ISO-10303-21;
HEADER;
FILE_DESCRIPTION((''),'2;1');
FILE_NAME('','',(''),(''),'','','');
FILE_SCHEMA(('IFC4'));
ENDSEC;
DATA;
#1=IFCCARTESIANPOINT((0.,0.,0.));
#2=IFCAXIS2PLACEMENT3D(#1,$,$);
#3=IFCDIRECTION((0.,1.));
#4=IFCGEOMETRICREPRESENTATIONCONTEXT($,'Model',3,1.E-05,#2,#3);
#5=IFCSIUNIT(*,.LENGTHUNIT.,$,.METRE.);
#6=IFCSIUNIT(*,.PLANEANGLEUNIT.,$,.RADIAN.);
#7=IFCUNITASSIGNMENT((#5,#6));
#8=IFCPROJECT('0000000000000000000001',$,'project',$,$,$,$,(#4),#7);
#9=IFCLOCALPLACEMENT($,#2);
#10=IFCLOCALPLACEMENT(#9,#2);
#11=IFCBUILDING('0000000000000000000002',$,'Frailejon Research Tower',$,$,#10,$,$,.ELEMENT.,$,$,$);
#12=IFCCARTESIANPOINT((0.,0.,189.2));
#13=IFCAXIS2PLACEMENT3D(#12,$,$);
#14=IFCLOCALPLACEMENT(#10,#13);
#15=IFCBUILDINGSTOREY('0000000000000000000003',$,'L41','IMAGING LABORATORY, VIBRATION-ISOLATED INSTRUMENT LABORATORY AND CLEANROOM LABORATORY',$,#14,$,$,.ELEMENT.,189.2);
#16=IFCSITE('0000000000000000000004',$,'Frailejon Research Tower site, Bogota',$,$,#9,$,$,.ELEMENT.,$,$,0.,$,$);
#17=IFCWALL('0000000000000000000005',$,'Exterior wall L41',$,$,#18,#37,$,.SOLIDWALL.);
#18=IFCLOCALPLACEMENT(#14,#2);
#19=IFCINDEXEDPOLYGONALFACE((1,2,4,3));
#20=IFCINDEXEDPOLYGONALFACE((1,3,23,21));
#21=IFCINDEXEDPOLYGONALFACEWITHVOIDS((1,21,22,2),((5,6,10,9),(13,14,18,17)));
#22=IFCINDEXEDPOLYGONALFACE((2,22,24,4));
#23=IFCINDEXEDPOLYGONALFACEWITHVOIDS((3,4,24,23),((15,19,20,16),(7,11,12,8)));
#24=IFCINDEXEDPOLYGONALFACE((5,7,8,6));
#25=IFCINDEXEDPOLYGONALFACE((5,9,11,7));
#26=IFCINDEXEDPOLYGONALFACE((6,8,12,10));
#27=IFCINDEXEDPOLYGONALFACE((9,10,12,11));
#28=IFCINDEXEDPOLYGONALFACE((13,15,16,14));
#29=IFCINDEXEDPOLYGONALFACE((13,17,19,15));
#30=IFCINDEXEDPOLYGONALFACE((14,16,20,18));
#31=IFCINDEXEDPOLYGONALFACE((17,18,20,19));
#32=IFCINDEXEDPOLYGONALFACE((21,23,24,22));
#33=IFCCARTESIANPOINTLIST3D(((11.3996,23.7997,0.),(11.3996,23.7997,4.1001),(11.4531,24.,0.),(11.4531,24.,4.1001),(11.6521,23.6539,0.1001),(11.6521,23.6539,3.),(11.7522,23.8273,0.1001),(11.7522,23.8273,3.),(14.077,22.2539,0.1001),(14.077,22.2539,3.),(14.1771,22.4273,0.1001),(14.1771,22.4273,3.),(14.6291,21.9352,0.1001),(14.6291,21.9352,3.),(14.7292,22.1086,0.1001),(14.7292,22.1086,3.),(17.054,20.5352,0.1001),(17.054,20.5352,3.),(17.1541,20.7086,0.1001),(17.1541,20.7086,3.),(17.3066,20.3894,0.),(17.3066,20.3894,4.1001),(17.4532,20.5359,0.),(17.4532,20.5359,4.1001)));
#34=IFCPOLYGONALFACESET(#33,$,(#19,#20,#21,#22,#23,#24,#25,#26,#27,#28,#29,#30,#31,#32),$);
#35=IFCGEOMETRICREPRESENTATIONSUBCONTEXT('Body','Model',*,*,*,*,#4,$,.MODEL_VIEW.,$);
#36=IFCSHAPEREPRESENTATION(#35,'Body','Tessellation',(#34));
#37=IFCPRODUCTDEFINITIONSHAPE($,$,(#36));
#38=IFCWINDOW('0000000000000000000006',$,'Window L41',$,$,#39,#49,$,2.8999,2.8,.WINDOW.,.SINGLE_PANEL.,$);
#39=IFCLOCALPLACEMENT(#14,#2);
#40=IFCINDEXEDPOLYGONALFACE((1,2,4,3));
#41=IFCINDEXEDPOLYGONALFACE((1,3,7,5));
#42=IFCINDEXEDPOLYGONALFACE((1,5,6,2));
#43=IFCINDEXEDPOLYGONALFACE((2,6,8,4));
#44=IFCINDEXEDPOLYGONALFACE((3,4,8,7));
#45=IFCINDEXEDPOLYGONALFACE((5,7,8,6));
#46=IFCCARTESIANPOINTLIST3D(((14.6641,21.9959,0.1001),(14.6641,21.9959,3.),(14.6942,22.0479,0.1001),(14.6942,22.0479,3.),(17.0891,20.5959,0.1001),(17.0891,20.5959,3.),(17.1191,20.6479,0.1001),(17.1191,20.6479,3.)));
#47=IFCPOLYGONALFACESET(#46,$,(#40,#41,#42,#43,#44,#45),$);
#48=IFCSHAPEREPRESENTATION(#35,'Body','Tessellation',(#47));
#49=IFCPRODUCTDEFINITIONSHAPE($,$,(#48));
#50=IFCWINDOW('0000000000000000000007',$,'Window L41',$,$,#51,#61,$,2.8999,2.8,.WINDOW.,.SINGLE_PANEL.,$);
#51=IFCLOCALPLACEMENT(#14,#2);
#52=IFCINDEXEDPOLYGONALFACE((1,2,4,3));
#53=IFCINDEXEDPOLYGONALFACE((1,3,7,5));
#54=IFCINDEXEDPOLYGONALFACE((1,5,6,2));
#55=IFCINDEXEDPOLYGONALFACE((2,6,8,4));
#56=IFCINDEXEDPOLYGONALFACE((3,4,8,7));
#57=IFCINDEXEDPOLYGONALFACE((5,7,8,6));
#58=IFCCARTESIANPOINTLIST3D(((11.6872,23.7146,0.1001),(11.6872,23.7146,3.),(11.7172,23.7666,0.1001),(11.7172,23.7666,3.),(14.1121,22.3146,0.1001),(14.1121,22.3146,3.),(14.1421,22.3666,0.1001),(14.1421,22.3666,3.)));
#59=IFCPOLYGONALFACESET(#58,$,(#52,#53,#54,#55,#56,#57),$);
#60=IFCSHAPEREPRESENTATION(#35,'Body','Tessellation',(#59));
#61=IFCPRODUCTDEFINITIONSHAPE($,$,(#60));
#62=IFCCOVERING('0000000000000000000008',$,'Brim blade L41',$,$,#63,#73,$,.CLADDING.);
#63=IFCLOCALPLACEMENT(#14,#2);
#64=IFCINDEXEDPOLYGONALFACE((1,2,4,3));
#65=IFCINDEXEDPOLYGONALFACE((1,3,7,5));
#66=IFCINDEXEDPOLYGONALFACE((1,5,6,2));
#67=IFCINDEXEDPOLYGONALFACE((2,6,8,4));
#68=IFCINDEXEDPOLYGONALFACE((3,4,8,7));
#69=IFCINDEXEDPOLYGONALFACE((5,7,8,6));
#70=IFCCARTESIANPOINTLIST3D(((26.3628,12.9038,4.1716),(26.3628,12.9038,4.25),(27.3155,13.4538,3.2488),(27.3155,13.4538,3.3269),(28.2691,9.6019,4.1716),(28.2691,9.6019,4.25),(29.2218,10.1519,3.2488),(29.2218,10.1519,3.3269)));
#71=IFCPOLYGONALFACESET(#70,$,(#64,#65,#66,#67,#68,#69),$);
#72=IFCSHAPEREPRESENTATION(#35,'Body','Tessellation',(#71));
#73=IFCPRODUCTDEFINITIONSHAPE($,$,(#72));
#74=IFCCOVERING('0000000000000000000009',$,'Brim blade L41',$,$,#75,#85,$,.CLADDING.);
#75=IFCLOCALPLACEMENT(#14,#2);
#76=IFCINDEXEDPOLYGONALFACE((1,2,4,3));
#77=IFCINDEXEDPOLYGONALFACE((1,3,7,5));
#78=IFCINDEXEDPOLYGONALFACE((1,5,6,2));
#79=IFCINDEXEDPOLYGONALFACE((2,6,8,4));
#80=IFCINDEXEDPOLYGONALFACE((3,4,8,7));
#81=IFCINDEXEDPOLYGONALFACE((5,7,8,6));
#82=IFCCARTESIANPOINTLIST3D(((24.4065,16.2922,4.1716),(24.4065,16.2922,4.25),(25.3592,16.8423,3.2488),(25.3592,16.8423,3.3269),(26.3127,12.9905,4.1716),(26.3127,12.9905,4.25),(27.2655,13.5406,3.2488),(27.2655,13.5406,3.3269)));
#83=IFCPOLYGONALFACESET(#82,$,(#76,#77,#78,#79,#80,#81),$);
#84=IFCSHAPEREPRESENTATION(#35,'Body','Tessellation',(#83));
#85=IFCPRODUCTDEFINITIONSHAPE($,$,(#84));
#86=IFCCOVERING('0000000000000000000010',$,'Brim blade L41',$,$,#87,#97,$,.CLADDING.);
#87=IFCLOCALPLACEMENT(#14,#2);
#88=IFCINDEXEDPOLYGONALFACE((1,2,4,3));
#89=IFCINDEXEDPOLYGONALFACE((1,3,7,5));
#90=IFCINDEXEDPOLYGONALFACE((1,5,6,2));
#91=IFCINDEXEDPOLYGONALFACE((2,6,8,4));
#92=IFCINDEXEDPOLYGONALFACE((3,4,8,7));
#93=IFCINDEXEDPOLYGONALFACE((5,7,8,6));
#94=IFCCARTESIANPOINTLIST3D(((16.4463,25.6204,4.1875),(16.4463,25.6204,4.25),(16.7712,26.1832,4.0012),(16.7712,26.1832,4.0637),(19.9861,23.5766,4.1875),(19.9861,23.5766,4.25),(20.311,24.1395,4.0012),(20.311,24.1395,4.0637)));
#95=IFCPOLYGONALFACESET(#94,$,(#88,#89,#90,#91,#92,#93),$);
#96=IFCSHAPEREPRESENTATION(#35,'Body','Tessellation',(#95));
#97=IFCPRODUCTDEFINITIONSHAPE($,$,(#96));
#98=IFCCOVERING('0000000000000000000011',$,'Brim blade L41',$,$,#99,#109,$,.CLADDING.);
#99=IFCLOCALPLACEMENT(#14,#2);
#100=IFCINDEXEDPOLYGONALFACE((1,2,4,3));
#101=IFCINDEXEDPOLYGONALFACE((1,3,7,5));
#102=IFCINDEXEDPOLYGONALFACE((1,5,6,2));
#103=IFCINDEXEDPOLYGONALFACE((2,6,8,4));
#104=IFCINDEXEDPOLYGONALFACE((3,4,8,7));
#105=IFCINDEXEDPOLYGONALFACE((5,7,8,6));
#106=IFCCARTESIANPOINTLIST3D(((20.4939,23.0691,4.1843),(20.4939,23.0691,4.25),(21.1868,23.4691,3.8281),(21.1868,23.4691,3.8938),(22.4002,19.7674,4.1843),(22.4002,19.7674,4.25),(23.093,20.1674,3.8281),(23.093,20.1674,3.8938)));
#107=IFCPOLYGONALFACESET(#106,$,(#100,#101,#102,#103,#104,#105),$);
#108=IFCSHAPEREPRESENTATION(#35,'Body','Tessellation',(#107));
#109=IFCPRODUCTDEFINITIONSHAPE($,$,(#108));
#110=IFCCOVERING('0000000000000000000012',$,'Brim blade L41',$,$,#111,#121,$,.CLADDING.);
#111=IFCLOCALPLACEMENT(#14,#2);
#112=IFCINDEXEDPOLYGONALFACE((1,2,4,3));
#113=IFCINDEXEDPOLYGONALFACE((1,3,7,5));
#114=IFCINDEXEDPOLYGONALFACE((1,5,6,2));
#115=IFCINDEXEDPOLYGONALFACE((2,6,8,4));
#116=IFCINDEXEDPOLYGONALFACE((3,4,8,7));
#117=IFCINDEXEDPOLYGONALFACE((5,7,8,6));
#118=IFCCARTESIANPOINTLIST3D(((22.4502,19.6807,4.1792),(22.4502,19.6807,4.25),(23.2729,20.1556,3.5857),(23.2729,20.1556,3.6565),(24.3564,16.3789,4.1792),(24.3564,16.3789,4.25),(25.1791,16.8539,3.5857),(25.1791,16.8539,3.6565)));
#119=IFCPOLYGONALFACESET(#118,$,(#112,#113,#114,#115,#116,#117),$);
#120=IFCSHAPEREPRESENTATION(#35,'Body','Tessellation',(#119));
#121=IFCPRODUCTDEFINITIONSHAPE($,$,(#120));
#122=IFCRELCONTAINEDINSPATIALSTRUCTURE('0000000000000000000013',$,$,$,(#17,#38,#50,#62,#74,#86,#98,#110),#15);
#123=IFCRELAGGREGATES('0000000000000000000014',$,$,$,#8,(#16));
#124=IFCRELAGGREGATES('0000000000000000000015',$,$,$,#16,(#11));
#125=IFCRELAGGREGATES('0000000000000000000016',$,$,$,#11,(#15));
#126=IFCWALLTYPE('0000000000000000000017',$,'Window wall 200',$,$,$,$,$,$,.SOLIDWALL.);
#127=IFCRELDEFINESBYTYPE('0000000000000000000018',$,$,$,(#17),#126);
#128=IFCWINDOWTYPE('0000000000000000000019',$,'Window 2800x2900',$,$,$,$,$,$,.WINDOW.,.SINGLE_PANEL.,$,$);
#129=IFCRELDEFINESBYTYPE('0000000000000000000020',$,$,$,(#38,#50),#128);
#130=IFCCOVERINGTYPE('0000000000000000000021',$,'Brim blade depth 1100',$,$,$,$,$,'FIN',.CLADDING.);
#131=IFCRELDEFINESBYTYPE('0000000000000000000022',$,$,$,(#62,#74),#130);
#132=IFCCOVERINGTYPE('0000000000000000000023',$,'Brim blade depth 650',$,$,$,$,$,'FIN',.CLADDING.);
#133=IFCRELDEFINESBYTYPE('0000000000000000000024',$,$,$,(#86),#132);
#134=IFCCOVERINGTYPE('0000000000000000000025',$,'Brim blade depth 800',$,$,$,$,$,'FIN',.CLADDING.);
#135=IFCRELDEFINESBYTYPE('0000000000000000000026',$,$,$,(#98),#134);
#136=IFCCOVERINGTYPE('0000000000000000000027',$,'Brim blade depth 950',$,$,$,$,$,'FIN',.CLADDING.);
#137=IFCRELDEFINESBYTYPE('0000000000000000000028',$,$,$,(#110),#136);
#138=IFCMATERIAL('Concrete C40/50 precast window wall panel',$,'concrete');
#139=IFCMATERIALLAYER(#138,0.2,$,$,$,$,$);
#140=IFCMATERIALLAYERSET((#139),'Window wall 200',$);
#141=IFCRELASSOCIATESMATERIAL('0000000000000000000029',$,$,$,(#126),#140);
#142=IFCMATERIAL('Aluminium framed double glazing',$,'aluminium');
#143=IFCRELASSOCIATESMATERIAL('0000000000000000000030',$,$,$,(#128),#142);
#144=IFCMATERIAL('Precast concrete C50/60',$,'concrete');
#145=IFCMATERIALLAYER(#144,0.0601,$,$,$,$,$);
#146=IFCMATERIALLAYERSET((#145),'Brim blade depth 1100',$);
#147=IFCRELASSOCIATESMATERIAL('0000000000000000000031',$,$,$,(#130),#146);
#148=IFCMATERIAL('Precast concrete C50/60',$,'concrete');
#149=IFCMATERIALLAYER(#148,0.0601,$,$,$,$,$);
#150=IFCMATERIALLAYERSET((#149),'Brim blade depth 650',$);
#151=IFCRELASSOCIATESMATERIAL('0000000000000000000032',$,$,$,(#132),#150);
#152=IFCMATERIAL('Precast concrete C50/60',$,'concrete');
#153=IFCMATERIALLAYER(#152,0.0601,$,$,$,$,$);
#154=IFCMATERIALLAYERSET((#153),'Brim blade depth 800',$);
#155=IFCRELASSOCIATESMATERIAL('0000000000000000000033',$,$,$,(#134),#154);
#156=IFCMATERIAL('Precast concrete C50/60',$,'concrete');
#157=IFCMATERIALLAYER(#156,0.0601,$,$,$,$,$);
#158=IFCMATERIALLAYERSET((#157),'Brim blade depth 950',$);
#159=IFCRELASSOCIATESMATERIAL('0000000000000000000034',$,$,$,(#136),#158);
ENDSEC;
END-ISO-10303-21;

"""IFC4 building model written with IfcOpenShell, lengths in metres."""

from ifc_helpers import new_model, si_unit, direction, frame, frame_2d, origin, place, context, subcontext, project, spatial, polyline, rectangle, outline, extrude, material, layer, layer_set, type_object, element, fill, save


model = new_model("IFC4")

# Units and contexts
model_context = context("Model", 3, precision=1e-05, world=origin(), true_north=direction((0.0, 1.0)))
body_context = subcontext(model_context, "Body", "Model", "MODEL_VIEW")
ifc_project = project(units=[si_unit("LENGTHUNIT", "METRE"), si_unit("PLANEANGLEUNIT", "RADIAN")], contexts=[model_context])

# Site, building, storey
site_placement = place(None, origin())
site = spatial("IfcSite", under=ifc_project, at=site_placement, Name="Frailejon Research Tower site, Bogota", CompositionType="ELEMENT", RefElevation=0.0)
building_placement = place(site_placement, origin())
building = spatial("IfcBuilding", under=site, at=building_placement, Name="Frailejon Research Tower", CompositionType="ELEMENT")
storey_placement = place(building_placement, frame((0.0, 0.0, 189.2)))
storey = spatial("IfcBuildingStorey", under=building, at=storey_placement, Name="L41", Description="IMAGING LABORATORY, VIBRATION-ISOLATED INSTRUMENT LABORATORY AND CLEANROOM LABORATORY", CompositionType="ELEMENT", Elevation=189.2)

# Wall, openings, windows
ifc_material_1 = material(Name="Concrete C40/50 precast window wall panel", Category="concrete")
ifc_layer_1 = layer(ifc_material_1, 0.2)
ifc_layer_set_1 = layer_set([ifc_layer_1], Name="Window wall 200")
wall_type = type_object("IfcWallType", Name="Window wall 200", PredefinedType="SOLIDWALL", material=ifc_layer_set_1)
wall_placement = place(storey_placement, frame((17.3799, 20.4626, 0.0), z_axis=(0.0, 0.0, 1.0), x_axis=(-0.866029, 0.499993, 0.0)))
wall = element("IfcWall", 1, at=wall_placement, inside=storey, type_object=wall_type, Name="Exterior wall L41", PredefinedType="SOLIDWALL", context=body_context, shape_type="SweptSolid", body=[
    extrude(outline(polyline([(-0.0269, -0.1001), (1.1279, -0.1001), (2.2825, -0.1001), (3.4373, -0.1001), (4.592, -0.1001), (5.7466, -0.1001), (6.9014, -0.1001), (6.8477, 0.1001), (5.7109, 0.1001), (4.574, 0.1001), (3.4373, 0.1001), (2.3005, 0.1001), (1.1636, 0.1001), (0.0269, 0.1001), (-0.0269, -0.1001)])), origin(), (0.0, 0.0, 1.0), 4.1001),
])
opening_1_placement = place(wall_placement, frame((0.3186, 0.0, 0.1001)))
opening_1 = element("IfcOpeningElement", 2, at=opening_1_placement, cuts=wall, PredefinedType="OPENING", context=body_context, shape_type="SweptSolid", body=[
    extrude(rectangle(XDim=2.8, YDim=2.8999, at=frame_2d((1.3999, 1.45))), frame((0.0, 0.1099, 0.0), z_axis=(0.0, -1.0, 0.0), x_axis=(1.0, 0.0, 0.0)), (0.0, 0.0, 1.0), 0.22),
])
opening_2_placement = place(wall_placement, frame((3.7561, 0.0, 0.1001)))
opening_2 = element("IfcOpeningElement", 3, at=opening_2_placement, cuts=wall, PredefinedType="OPENING", context=body_context, shape_type="SweptSolid", body=[
    extrude(rectangle(XDim=2.8, YDim=2.8999, at=frame_2d((1.3999, 1.45))), frame((0.0, 0.1099, 0.0), z_axis=(0.0, -1.0, 0.0), x_axis=(1.0, 0.0, 0.0)), (0.0, 0.0, 1.0), 0.22),
])
ifc_material_2 = material(Name="Aluminium framed double glazing", Category="aluminium")
window_type = type_object("IfcWindowType", Name="Window 2800x2900", PartitioningType="SINGLE_PANEL", PredefinedType="WINDOW", material=ifc_material_2)
window_1_placement = place(opening_1_placement, origin())
window_1 = element("IfcWindow", 4, at=window_1_placement, inside=storey, type_object=window_type, Name="Window L41", OverallHeight=2.8999, OverallWidth=2.8, PartitioningType="SINGLE_PANEL", PredefinedType="WINDOW", context=body_context, shape_type="SweptSolid", body=[
    extrude(rectangle(XDim=2.8, YDim=2.8999, at=frame_2d((1.3999, 1.45))), frame((0.0, 0.03, 0.0), z_axis=(0.0, -1.0, 0.0), x_axis=(1.0, 0.0, 0.0)), (0.0, 0.0, 1.0), 0.0601),
])
fill(opening_1, window_1)
window_2_placement = place(opening_2_placement, origin())
window_2 = element("IfcWindow", 5, at=window_2_placement, inside=storey, type_object=window_type, Name="Window L41", OverallHeight=2.8999, OverallWidth=2.8, PartitioningType="SINGLE_PANEL", PredefinedType="WINDOW", context=body_context, shape_type="SweptSolid", body=[
    extrude(rectangle(XDim=2.8, YDim=2.8999, at=frame_2d((1.3999, 1.45))), frame((0.0, 0.03, 0.0), z_axis=(0.0, -1.0, 0.0), x_axis=(1.0, 0.0, 0.0)), (0.0, 0.0, 1.0), 0.0601),
])
fill(opening_2, window_2)

# Coverings
ifc_material_3 = material(Name="Precast concrete C50/60", Category="concrete")
ifc_layer_2 = layer(ifc_material_3, 0.0601)
ifc_layer_set_2 = layer_set([ifc_layer_2], Name="Brim blade depth 1100")
covering_type_1 = type_object("IfcCoveringType", Name="Brim blade depth 1100", ElementType="FIN", PredefinedType="CLADDING", material=ifc_layer_set_2)
covering_1_placement = place(storey_placement, frame((26.3628, 12.9038, 4.25), z_axis=(0.49999, -0.866031, 0.0), x_axis=(0.866031, 0.49999, 0.0)))
element("IfcCovering", 6, at=covering_1_placement, inside=storey, type_object=covering_type_1, Name="Brim blade L41", PredefinedType="CLADDING", context=body_context, shape_type="SweptSolid", body=[
    extrude(outline(polyline([(0.0, -0.0784), (1.1001, -1.0012), (1.1001, -0.9231), (0.0, 0.0), (0.0, -0.0784)])), origin(), (0.0, 0.0, 1.0), 3.8127),
])
covering_2_placement = place(storey_placement, frame((24.4065, 16.2922, 4.25), z_axis=(0.500001, -0.866025, 0.0), x_axis=(0.866025, 0.500001, 0.0)))
element("IfcCovering", 7, at=covering_2_placement, inside=storey, type_object=covering_type_1, Name="Brim blade L41", PredefinedType="CLADDING", context=body_context, shape_type="SweptSolid", body=[
    extrude(outline(polyline([(0.0, -0.0784), (1.1001, -1.0012), (1.1001, -0.9231), (0.0, 0.0), (0.0, -0.0784)])), origin(), (0.0, 0.0, 1.0), 3.8125),
])
ifc_material_4 = material(Name="Precast concrete C50/60", Category="concrete")
ifc_layer_3 = layer(ifc_material_4, 0.0601)
ifc_layer_set_3 = layer_set([ifc_layer_3], Name="Brim blade depth 650")
covering_type_2 = type_object("IfcCoveringType", Name="Brim blade depth 650", ElementType="FIN", PredefinedType="CLADDING", material=ifc_layer_set_3)
covering_3_placement = place(storey_placement, frame((16.4463, 25.6204, 4.25), z_axis=(0.866021, -0.500007, 0.0), x_axis=(0.500007, 0.866021, 0.0)))
element("IfcCovering", 8, at=covering_3_placement, inside=storey, type_object=covering_type_2, Name="Brim blade L41", PredefinedType="CLADDING", context=body_context, shape_type="SweptSolid", body=[
    extrude(outline(polyline([(0.0, -0.0625), (0.6499, -0.2488), (0.6499, -0.1863), (0.0, 0.0), (0.0, -0.0625)])), origin(), (0.0, 0.0, 1.0), 4.0874),
])
ifc_material_5 = material(Name="Precast concrete C50/60", Category="concrete")
ifc_layer_4 = layer(ifc_material_5, 0.0601)
ifc_layer_set_4 = layer_set([ifc_layer_4], Name="Brim blade depth 800")
covering_type_3 = type_object("IfcCoveringType", Name="Brim blade depth 800", ElementType="FIN", PredefinedType="CLADDING", material=ifc_layer_set_4)
covering_4_placement = place(storey_placement, frame((20.4939, 23.0691, 4.25), z_axis=(0.500001, -0.866025, 0.0), x_axis=(0.866025, 0.500001, 0.0)))
element("IfcCovering", 9, at=covering_4_placement, inside=storey, type_object=covering_type_3, Name="Brim blade L41", PredefinedType="CLADDING", context=body_context, shape_type="SweptSolid", body=[
    extrude(outline(polyline([(0.0, -0.0657), (0.8, -0.4219), (0.8, -0.3562), (0.0, 0.0), (0.0, -0.0657)])), origin(), (0.0, 0.0, 1.0), 3.8125),
])
ifc_material_6 = material(Name="Precast concrete C50/60", Category="concrete")
ifc_layer_5 = layer(ifc_material_6, 0.0601)
ifc_layer_set_5 = layer_set([ifc_layer_5], Name="Brim blade depth 950")
covering_type_4 = type_object("IfcCoveringType", Name="Brim blade depth 950", ElementType="FIN", PredefinedType="CLADDING", material=ifc_layer_set_5)
covering_5_placement = place(storey_placement, frame((22.4502, 19.6807, 4.25), z_axis=(0.500001, -0.866025, 0.0), x_axis=(0.866025, 0.500001, 0.0)))
element("IfcCovering", 10, at=covering_5_placement, inside=storey, type_object=covering_type_4, Name="Brim blade L41", PredefinedType="CLADDING", context=body_context, shape_type="SweptSolid", body=[
    extrude(outline(polyline([(0.0, -0.0708), (0.95, -0.6643), (0.95, -0.5935), (0.0, 0.0), (0.0, -0.0708)])), origin(), (0.0, 0.0, 1.0), 3.8125),
])

save(model, "model.ifc")
